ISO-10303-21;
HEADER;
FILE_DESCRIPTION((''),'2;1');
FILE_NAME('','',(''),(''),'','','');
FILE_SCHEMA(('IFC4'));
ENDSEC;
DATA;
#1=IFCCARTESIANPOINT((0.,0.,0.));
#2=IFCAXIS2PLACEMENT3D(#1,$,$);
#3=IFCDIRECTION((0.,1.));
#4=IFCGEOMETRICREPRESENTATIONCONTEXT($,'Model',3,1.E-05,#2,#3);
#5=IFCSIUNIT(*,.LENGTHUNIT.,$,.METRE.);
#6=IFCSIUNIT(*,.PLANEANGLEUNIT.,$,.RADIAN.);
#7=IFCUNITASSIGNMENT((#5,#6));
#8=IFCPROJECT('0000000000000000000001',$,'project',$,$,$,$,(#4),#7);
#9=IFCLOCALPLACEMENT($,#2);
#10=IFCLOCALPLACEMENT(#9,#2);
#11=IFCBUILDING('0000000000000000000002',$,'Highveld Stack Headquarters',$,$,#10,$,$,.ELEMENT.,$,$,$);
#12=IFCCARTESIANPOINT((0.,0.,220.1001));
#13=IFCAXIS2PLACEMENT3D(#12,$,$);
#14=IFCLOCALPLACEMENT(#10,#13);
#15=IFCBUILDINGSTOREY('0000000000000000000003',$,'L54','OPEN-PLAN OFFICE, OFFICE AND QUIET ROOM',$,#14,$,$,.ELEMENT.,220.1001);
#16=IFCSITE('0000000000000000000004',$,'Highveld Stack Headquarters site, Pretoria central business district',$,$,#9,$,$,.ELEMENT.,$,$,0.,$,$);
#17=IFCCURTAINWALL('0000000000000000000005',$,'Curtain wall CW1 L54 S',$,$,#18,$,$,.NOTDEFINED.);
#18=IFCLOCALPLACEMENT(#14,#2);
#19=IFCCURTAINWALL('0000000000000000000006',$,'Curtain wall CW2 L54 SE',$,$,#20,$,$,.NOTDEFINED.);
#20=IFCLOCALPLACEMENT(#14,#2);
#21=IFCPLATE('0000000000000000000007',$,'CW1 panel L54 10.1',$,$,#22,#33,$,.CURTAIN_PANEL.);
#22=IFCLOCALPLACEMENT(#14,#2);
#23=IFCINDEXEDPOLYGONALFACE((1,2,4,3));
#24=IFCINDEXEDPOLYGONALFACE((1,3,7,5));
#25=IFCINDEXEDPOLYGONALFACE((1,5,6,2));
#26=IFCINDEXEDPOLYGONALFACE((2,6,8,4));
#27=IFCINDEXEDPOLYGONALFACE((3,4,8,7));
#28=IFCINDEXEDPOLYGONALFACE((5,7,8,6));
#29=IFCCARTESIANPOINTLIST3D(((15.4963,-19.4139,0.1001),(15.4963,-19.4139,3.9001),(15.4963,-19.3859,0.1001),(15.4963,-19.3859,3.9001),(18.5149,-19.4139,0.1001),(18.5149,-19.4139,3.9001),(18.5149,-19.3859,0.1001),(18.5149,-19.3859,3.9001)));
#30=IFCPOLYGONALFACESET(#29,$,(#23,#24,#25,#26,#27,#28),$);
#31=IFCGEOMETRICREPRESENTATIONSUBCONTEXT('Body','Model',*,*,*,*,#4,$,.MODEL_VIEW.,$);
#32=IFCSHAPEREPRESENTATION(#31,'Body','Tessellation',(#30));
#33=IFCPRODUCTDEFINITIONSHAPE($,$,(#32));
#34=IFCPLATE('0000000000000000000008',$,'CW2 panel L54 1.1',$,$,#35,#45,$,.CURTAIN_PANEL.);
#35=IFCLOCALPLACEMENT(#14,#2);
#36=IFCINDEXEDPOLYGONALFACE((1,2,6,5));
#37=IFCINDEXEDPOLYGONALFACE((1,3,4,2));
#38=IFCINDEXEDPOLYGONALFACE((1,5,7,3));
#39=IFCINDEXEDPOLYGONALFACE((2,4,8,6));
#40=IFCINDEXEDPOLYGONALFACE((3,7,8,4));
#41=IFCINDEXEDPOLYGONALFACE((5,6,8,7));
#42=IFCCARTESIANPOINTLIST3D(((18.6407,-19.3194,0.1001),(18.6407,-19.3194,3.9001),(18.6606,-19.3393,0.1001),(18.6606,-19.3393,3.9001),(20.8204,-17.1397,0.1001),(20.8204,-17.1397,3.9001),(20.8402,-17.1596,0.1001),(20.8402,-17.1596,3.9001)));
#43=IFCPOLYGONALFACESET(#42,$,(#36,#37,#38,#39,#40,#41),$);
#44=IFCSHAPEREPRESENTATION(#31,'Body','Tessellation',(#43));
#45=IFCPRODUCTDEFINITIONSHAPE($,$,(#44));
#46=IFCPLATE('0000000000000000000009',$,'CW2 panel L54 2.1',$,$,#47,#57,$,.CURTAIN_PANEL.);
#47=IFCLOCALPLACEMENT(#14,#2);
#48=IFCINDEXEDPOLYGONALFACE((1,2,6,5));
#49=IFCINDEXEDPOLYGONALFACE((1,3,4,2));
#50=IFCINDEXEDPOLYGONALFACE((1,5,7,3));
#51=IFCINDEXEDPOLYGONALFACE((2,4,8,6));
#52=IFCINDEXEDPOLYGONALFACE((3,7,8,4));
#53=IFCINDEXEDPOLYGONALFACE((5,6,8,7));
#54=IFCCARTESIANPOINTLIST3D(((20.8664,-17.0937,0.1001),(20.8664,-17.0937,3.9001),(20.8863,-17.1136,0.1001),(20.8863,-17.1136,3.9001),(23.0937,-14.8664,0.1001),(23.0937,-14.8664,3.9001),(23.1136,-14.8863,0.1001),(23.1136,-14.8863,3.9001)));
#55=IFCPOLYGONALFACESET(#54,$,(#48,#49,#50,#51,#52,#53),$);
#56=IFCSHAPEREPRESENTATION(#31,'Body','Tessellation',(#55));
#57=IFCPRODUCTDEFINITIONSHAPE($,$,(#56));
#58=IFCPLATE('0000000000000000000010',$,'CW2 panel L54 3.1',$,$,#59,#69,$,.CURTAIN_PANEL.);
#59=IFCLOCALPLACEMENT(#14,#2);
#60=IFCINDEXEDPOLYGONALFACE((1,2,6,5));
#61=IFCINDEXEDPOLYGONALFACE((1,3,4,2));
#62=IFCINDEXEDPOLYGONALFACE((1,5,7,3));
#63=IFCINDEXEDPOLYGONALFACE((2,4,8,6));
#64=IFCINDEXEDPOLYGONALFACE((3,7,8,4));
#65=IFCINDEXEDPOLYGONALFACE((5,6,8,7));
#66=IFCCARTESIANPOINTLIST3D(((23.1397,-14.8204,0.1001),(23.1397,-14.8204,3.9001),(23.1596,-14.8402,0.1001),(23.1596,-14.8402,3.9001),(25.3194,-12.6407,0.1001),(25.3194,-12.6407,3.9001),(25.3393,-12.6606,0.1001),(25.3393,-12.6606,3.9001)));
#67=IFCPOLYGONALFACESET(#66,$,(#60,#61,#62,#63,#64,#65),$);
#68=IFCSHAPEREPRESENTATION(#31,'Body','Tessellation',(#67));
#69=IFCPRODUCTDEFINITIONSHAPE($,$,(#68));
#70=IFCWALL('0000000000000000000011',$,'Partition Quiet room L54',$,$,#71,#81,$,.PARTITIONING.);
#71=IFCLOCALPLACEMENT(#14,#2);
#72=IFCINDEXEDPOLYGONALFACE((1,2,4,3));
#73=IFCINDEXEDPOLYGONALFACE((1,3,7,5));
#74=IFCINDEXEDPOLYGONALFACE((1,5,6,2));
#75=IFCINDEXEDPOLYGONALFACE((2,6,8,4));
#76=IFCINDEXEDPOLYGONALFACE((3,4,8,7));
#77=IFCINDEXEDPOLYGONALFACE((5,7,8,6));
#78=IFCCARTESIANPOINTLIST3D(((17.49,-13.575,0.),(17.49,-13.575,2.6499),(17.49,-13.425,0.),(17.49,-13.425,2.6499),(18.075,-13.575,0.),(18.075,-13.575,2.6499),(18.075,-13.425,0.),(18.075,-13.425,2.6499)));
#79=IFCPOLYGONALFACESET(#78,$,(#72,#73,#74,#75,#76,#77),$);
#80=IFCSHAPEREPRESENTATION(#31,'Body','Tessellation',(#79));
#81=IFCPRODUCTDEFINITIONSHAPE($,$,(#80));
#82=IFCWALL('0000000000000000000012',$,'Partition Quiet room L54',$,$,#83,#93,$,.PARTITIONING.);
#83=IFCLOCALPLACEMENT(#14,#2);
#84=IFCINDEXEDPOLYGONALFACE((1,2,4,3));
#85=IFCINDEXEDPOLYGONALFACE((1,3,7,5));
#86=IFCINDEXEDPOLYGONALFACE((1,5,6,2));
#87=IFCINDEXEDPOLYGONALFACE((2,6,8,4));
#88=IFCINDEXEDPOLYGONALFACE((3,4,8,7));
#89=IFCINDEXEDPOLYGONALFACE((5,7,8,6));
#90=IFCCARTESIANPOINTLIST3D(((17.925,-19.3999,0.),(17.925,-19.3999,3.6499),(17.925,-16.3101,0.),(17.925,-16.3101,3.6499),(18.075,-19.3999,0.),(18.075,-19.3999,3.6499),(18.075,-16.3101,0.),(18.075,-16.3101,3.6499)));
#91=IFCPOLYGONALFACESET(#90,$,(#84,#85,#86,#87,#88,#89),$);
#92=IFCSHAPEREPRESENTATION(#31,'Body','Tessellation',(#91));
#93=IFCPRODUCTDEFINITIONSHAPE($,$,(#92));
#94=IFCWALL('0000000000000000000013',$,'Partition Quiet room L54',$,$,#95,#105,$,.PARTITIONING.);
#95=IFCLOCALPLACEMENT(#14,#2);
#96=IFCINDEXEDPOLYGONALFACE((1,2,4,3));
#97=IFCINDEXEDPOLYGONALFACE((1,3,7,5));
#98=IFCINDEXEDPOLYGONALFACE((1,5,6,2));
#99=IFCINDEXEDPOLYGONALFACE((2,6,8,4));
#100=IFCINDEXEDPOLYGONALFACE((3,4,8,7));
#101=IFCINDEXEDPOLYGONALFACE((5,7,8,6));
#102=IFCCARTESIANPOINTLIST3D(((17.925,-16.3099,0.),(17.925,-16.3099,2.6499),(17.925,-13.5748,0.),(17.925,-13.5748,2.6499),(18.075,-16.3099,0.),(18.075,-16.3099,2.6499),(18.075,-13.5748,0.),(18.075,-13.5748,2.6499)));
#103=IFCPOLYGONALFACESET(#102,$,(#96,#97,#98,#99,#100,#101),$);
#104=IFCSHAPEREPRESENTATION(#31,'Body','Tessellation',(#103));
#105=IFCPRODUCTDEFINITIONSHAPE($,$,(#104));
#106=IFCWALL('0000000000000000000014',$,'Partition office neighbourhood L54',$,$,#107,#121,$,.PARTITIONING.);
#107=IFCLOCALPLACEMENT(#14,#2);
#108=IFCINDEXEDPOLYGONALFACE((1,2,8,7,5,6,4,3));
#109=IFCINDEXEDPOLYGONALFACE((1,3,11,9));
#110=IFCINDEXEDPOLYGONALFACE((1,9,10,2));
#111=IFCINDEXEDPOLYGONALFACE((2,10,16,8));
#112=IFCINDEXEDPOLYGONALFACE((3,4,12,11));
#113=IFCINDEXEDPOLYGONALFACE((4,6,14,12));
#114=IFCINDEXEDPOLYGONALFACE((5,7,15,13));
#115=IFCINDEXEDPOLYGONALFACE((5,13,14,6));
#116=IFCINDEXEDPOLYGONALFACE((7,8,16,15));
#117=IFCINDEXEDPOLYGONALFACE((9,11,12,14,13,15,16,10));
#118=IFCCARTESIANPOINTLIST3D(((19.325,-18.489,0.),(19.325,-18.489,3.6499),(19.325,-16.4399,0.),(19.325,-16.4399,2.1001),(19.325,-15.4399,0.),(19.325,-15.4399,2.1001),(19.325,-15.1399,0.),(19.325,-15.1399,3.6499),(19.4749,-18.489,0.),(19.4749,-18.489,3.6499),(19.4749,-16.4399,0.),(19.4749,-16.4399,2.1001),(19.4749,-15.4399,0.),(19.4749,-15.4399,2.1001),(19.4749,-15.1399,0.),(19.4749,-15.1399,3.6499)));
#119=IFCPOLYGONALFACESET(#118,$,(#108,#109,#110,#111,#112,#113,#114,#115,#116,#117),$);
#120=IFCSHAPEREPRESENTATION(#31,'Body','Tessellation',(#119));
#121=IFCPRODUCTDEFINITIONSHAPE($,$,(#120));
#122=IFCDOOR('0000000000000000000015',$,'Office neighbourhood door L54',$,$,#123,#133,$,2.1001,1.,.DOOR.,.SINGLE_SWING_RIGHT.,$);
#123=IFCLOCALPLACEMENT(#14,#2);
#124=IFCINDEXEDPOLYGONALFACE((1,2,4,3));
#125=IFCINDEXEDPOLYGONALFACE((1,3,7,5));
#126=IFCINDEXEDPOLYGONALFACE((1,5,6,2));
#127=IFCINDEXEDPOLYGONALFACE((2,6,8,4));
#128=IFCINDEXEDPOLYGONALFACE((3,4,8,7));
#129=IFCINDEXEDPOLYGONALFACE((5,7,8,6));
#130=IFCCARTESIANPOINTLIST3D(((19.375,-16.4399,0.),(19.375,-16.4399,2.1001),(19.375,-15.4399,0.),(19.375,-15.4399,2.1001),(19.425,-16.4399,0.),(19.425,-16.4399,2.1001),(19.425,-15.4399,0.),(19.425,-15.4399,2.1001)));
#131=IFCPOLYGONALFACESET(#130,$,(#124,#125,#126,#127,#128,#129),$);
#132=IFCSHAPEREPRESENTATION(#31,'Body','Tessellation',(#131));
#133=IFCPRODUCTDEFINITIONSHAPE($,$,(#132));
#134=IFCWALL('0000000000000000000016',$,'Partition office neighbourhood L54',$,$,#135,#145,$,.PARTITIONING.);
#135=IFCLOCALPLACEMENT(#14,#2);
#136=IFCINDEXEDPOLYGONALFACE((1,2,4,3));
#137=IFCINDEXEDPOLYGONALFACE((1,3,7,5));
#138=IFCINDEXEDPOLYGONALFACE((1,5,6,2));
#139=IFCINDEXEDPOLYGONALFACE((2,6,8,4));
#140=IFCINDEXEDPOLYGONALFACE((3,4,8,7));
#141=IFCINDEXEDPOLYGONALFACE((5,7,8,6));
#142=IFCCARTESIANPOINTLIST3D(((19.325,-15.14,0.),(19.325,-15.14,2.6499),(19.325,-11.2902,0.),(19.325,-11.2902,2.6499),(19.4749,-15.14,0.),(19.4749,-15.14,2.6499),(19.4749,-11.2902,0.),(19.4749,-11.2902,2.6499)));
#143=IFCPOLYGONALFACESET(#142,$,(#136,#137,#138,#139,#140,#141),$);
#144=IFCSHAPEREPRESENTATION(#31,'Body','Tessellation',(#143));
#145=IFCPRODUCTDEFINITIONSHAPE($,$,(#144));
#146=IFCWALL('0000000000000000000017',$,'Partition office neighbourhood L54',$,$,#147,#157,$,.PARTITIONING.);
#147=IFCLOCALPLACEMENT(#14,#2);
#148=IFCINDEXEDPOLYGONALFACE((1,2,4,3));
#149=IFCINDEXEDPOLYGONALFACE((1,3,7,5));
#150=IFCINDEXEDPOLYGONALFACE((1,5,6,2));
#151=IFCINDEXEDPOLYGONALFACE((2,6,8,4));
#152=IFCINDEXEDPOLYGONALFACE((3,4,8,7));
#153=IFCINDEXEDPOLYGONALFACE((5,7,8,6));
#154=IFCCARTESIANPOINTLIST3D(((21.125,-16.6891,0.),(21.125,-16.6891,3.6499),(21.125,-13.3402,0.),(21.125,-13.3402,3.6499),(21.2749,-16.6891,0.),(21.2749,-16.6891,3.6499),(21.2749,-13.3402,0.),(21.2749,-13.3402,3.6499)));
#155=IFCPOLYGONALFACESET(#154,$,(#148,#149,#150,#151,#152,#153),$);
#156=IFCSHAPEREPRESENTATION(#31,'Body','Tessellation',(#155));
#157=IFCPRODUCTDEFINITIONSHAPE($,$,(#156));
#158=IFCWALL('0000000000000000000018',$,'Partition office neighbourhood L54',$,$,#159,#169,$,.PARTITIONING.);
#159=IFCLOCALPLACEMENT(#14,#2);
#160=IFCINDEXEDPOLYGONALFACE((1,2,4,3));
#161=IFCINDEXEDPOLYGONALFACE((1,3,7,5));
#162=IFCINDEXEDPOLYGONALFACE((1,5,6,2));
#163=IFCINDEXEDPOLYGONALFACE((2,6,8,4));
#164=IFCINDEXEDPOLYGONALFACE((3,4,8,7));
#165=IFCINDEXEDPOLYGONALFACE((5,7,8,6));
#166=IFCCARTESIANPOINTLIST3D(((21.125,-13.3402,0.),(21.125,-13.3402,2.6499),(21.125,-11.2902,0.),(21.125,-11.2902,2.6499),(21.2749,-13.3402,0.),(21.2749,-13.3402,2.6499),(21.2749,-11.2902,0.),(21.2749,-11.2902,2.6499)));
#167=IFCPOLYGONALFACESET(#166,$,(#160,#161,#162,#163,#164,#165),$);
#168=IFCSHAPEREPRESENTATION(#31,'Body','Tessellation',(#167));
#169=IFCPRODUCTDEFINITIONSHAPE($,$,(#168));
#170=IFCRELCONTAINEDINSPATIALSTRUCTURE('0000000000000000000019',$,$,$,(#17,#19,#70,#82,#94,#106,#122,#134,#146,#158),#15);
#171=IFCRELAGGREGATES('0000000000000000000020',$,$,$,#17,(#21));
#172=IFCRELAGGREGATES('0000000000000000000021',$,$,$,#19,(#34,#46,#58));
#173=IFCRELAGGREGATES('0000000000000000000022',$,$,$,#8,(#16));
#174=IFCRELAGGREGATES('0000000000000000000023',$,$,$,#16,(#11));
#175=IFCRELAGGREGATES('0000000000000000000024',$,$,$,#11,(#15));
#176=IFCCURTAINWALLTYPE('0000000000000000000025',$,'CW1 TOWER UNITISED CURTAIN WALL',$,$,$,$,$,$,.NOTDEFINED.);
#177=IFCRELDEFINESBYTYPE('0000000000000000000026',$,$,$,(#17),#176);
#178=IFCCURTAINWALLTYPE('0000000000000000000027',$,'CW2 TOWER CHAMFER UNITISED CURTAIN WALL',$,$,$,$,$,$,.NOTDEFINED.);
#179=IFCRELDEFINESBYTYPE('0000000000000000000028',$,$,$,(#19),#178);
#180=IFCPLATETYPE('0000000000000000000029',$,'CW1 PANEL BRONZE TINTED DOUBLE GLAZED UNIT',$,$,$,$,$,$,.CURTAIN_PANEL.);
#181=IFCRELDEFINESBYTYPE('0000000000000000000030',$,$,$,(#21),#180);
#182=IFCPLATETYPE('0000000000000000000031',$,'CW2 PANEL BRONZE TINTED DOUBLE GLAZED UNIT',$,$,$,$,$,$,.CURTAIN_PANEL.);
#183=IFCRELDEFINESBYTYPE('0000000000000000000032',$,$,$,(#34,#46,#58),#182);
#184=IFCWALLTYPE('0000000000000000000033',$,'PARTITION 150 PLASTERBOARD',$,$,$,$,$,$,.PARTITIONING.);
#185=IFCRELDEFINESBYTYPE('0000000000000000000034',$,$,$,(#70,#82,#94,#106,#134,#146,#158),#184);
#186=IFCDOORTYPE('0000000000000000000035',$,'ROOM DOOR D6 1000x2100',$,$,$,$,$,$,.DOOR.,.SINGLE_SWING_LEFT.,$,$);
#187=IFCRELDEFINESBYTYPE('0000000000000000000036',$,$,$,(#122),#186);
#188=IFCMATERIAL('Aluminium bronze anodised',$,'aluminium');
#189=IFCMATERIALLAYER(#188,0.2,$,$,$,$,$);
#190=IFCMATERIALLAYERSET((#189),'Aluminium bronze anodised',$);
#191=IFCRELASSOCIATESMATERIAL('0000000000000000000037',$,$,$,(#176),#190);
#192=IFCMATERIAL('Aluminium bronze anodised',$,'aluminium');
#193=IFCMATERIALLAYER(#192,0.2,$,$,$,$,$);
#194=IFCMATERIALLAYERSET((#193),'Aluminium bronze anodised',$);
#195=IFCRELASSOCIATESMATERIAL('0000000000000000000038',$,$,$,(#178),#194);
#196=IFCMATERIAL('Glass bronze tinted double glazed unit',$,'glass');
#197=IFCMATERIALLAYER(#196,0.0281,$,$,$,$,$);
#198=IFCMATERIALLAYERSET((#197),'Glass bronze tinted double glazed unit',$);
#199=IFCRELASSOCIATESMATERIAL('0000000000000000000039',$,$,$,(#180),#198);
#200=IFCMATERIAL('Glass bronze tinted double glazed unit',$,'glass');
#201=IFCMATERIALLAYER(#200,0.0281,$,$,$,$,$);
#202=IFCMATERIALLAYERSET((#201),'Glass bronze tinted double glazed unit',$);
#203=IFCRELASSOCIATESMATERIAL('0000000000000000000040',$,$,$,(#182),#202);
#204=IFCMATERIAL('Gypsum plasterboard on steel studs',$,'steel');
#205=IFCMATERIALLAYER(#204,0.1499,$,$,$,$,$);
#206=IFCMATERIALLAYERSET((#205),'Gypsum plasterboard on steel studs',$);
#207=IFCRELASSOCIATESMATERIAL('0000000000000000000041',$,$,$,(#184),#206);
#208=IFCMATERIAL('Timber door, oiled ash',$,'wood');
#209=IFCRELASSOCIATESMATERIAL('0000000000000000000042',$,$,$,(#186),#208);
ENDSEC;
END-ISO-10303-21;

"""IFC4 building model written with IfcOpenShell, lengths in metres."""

from ifc_helpers import new_model, si_unit, direction, frame, frame_2d, origin, origin_2d, place, context, subcontext, project, spatial, rectangle, extrude, material, layer, layer_set, type_object, element, fill, aggregate, save


model = new_model("IFC4")

# Units and contexts
model_context = context("Model", 3, precision=1e-05, world=origin(), true_north=direction((0.0, 1.0)))
body_context = subcontext(model_context, "Body", "Model", "MODEL_VIEW")
ifc_project = project(units=[si_unit("LENGTHUNIT", "METRE"), si_unit("PLANEANGLEUNIT", "RADIAN")], contexts=[model_context])

# Site, building, storey
site_placement = place(None, origin())
site = spatial("IfcSite", under=ifc_project, at=site_placement, Name="Highveld Stack Headquarters site, Pretoria central business district", CompositionType="ELEMENT", RefElevation=0.0)
building_placement = place(site_placement, origin())
building = spatial("IfcBuilding", under=site, at=building_placement, Name="Highveld Stack Headquarters", CompositionType="ELEMENT")
storey_placement = place(building_placement, frame((0.0, 0.0, 220.1001)))
storey = spatial("IfcBuildingStorey", under=building, at=storey_placement, Name="L54", Description="OPEN-PLAN OFFICE, OFFICE AND QUIET ROOM", CompositionType="ELEMENT", Elevation=220.1001)

# Curtain wall
ifc_material_1 = material(Name="Aluminium bronze anodised", Category="aluminium")
ifc_layer_1 = layer(ifc_material_1, 0.2)
ifc_layer_set_1 = layer_set([ifc_layer_1], Name="Aluminium bronze anodised")
curtain_wall_type_1 = type_object("IfcCurtainWallType", Name="CW1 TOWER UNITISED CURTAIN WALL", PredefinedType="NOTDEFINED", material=ifc_layer_set_1)
curtain_wall_1_placement = place(storey_placement, origin())
curtain_wall_1 = element("IfcCurtainWall", 1, at=curtain_wall_1_placement, inside=storey, type_object=curtain_wall_type_1, Name="Curtain wall CW1 L54 S", PredefinedType="NOTDEFINED")

# Curtain wall
ifc_material_2 = material(Name="Aluminium bronze anodised", Category="aluminium")
ifc_layer_2 = layer(ifc_material_2, 0.2)
ifc_layer_set_2 = layer_set([ifc_layer_2], Name="Aluminium bronze anodised")
curtain_wall_type_2 = type_object("IfcCurtainWallType", Name="CW2 TOWER CHAMFER UNITISED CURTAIN WALL", PredefinedType="NOTDEFINED", material=ifc_layer_set_2)
curtain_wall_2_placement = place(storey_placement, origin())
curtain_wall_2 = element("IfcCurtainWall", 2, at=curtain_wall_2_placement, inside=storey, type_object=curtain_wall_type_2, Name="Curtain wall CW2 L54 SE", PredefinedType="NOTDEFINED")

# Plates
ifc_material_3 = material(Name="Glass bronze tinted double glazed unit", Category="glass")
ifc_layer_3 = layer(ifc_material_3, 0.0281)
ifc_layer_set_3 = layer_set([ifc_layer_3], Name="Glass bronze tinted double glazed unit")
plate_type_1 = type_object("IfcPlateType", Name="CW1 PANEL BRONZE TINTED DOUBLE GLAZED UNIT", PredefinedType="CURTAIN_PANEL", material=ifc_layer_set_3)
plate_1_placement = place(storey_placement, frame((17.0056, -19.3999, 0.1001), z_axis=(0.0, 0.0, 1.0), x_axis=(1.0, 0.0, 0.0)))
plate_1 = element("IfcPlate", 3, at=plate_1_placement, type_object=plate_type_1, Name="CW1 panel L54 10.1", PredefinedType="CURTAIN_PANEL", context=body_context, shape_type="SweptSolid", body=[
    extrude(rectangle(XDim=3.0186, YDim=0.0281, at=origin_2d()), origin(), (0.0, 0.0, 1.0), 3.8),
])
aggregate(curtain_wall_1, [plate_1])
ifc_material_4 = material(Name="Glass bronze tinted double glazed unit", Category="glass")
ifc_layer_4 = layer(ifc_material_4, 0.0281)
ifc_layer_set_4 = layer_set([ifc_layer_4], Name="Glass bronze tinted double glazed unit")
plate_type_2 = type_object("IfcPlateType", Name="CW2 PANEL BRONZE TINTED DOUBLE GLAZED UNIT", PredefinedType="CURTAIN_PANEL", material=ifc_layer_set_4)
plate_2_placement = place(storey_placement, frame((19.7405, -18.2395, 0.1001), z_axis=(0.0, 0.0, 1.0), x_axis=(0.707107, 0.707107, 0.0)))
plate_2 = element("IfcPlate", 4, at=plate_2_placement, type_object=plate_type_2, Name="CW2 panel L54 1.1", PredefinedType="CURTAIN_PANEL", context=body_context, shape_type="SweptSolid", body=[
    extrude(rectangle(XDim=3.0825, YDim=0.0281, at=origin_2d()), origin(), (0.0, 0.0, 1.0), 3.8),
])
plate_3_placement = place(storey_placement, frame((21.99, -15.99, 0.1001), z_axis=(0.0, 0.0, 1.0), x_axis=(0.707107, 0.707107, 0.0)))
plate_3 = element("IfcPlate", 5, at=plate_3_placement, type_object=plate_type_2, Name="CW2 panel L54 2.1", PredefinedType="CURTAIN_PANEL", context=body_context, shape_type="SweptSolid", body=[
    extrude(rectangle(XDim=3.1499, YDim=0.0281, at=origin_2d()), origin(), (0.0, 0.0, 1.0), 3.8),
])
plate_4_placement = place(storey_placement, frame((24.2395, -13.7405, 0.1001), z_axis=(0.0, 0.0, 1.0), x_axis=(0.707107, 0.707107, 0.0)))
plate_4 = element("IfcPlate", 6, at=plate_4_placement, type_object=plate_type_2, Name="CW2 panel L54 3.1", PredefinedType="CURTAIN_PANEL", context=body_context, shape_type="SweptSolid", body=[
    extrude(rectangle(XDim=3.0825, YDim=0.0281, at=origin_2d()), origin(), (0.0, 0.0, 1.0), 3.8),
])
aggregate(curtain_wall_2, [plate_2, plate_3, plate_4])

# Walls
ifc_material_5 = material(Name="Gypsum plasterboard on steel studs", Category="steel")
ifc_layer_5 = layer(ifc_material_5, 0.1499)
ifc_layer_set_5 = layer_set([ifc_layer_5], Name="Gypsum plasterboard on steel studs")
wall_type = type_object("IfcWallType", Name="PARTITION 150 PLASTERBOARD", PredefinedType="PARTITIONING", material=ifc_layer_set_5)
wall_1_placement = place(storey_placement, frame((17.49, -13.5, 0.0), z_axis=(0.0, 0.0, 1.0), x_axis=(1.0, 0.0, 0.0)))
element("IfcWall", 7, at=wall_1_placement, inside=storey, type_object=wall_type, Name="Partition Quiet room L54", PredefinedType="PARTITIONING", context=body_context, shape_type="SweptSolid", body=[
    extrude(rectangle(XDim=0.585, YDim=0.1499, at=frame_2d((0.2925, 0.0))), origin(), (0.0, 0.0, 1.0), 2.6499),
])
wall_2_placement = place(storey_placement, frame((18.0, -19.3999, 0.0), z_axis=(0.0, 0.0, 1.0), x_axis=(0.0, 1.0, 0.0)))
element("IfcWall", 8, at=wall_2_placement, inside=storey, type_object=wall_type, Name="Partition Quiet room L54", PredefinedType="PARTITIONING", context=body_context, shape_type="SweptSolid", body=[
    extrude(rectangle(XDim=3.0898, YDim=0.1499, at=frame_2d((1.5449, 0.0))), origin(), (0.0, 0.0, 1.0), 3.6499),
])
wall_3_placement = place(storey_placement, frame((18.0, -16.3101, 0.0), z_axis=(0.0, 0.0, 1.0), x_axis=(0.0, 1.0, 0.0)))
element("IfcWall", 9, at=wall_3_placement, inside=storey, type_object=wall_type, Name="Partition Quiet room L54", PredefinedType="PARTITIONING", context=body_context, shape_type="SweptSolid", body=[
    extrude(rectangle(XDim=2.7351, YDim=0.1499, at=frame_2d((1.3677, 0.0))), origin(), (0.0, 0.0, 1.0), 2.6499),
])

# Wall, opening, door
wall_4_placement = place(storey_placement, frame((19.3999, -18.489, 0.0), z_axis=(0.0, 0.0, 1.0), x_axis=(0.0, 1.0, 0.0)))
wall_4 = element("IfcWall", 10, at=wall_4_placement, inside=storey, type_object=wall_type, Name="Partition office neighbourhood L54", PredefinedType="PARTITIONING", context=body_context, shape_type="SweptSolid", body=[
    extrude(rectangle(XDim=3.3491, YDim=0.1499, at=frame_2d((1.6746, 0.0))), origin(), (0.0, 0.0, 1.0), 3.6499),
])
opening_placement = place(wall_4_placement, frame((2.0491, 0.0, 0.0)))
opening = element("IfcOpeningElement", 11, at=opening_placement, cuts=wall_4, PredefinedType="OPENING", context=body_context, shape_type="SweptSolid", body=[
    extrude(rectangle(XDim=1.0, YDim=2.1001, at=frame_2d((0.5, 1.05))), frame((0.0, 0.085, 0.0), z_axis=(0.0, -1.0, 0.0), x_axis=(1.0, 0.0, 0.0)), (0.0, 0.0, 1.0), 0.1699),
])
ifc_material_6 = material(Name="Timber door, oiled ash", Category="wood")
door_type = type_object("IfcDoorType", Name="ROOM DOOR D6 1000x2100", OperationType="SINGLE_SWING_LEFT", PredefinedType="DOOR", material=ifc_material_6)
door_placement = place(opening_placement, origin())
door = element("IfcDoor", 12, at=door_placement, inside=storey, type_object=door_type, Name="Office neighbourhood door L54", OperationType="SINGLE_SWING_RIGHT", OverallHeight=2.1001, OverallWidth=1.0, PredefinedType="DOOR", context=body_context, shape_type="SweptSolid", body=[
    extrude(rectangle(XDim=1.0, YDim=2.1001, at=frame_2d((0.5, 1.05))), frame((0.0, 0.0249, 0.0), z_axis=(0.0, -1.0, 0.0), x_axis=(1.0, 0.0, 0.0)), (0.0, 0.0, 1.0), 0.05),
])
fill(opening, door)

# Walls
wall_5_placement = place(storey_placement, frame((19.3999, -15.1399, 0.0), z_axis=(0.0, 0.0, 1.0), x_axis=(0.0, 1.0, 0.0)))
element("IfcWall", 13, at=wall_5_placement, inside=storey, type_object=wall_type, Name="Partition office neighbourhood L54", PredefinedType="PARTITIONING", context=body_context, shape_type="SweptSolid", body=[
    extrude(rectangle(XDim=3.8499, YDim=0.1499, at=frame_2d((1.9248, 0.0))), origin(), (0.0, 0.0, 1.0), 2.6499),
])
wall_6_placement = place(storey_placement, frame((21.2, -16.689, 0.0), z_axis=(0.0, 0.0, 1.0), x_axis=(0.0, 1.0, 0.0)))
element("IfcWall", 14, at=wall_6_placement, inside=storey, type_object=wall_type, Name="Partition office neighbourhood L54", PredefinedType="PARTITIONING", context=body_context, shape_type="SweptSolid", body=[
    extrude(rectangle(XDim=3.3489, YDim=0.1499, at=frame_2d((1.6743, 0.0))), origin(), (0.0, 0.0, 1.0), 3.6499),
])
wall_7_placement = place(storey_placement, frame((21.2, -13.3401, 0.0), z_axis=(0.0, 0.0, 1.0), x_axis=(0.0, 1.0, 0.0)))
element("IfcWall", 15, at=wall_7_placement, inside=storey, type_object=wall_type, Name="Partition office neighbourhood L54", PredefinedType="PARTITIONING", context=body_context, shape_type="SweptSolid", body=[
    extrude(rectangle(XDim=2.05, YDim=0.1499, at=frame_2d((1.0249, 0.0))), origin(), (0.0, 0.0, 1.0), 2.6499),
])

save(model, "model.ifc")
